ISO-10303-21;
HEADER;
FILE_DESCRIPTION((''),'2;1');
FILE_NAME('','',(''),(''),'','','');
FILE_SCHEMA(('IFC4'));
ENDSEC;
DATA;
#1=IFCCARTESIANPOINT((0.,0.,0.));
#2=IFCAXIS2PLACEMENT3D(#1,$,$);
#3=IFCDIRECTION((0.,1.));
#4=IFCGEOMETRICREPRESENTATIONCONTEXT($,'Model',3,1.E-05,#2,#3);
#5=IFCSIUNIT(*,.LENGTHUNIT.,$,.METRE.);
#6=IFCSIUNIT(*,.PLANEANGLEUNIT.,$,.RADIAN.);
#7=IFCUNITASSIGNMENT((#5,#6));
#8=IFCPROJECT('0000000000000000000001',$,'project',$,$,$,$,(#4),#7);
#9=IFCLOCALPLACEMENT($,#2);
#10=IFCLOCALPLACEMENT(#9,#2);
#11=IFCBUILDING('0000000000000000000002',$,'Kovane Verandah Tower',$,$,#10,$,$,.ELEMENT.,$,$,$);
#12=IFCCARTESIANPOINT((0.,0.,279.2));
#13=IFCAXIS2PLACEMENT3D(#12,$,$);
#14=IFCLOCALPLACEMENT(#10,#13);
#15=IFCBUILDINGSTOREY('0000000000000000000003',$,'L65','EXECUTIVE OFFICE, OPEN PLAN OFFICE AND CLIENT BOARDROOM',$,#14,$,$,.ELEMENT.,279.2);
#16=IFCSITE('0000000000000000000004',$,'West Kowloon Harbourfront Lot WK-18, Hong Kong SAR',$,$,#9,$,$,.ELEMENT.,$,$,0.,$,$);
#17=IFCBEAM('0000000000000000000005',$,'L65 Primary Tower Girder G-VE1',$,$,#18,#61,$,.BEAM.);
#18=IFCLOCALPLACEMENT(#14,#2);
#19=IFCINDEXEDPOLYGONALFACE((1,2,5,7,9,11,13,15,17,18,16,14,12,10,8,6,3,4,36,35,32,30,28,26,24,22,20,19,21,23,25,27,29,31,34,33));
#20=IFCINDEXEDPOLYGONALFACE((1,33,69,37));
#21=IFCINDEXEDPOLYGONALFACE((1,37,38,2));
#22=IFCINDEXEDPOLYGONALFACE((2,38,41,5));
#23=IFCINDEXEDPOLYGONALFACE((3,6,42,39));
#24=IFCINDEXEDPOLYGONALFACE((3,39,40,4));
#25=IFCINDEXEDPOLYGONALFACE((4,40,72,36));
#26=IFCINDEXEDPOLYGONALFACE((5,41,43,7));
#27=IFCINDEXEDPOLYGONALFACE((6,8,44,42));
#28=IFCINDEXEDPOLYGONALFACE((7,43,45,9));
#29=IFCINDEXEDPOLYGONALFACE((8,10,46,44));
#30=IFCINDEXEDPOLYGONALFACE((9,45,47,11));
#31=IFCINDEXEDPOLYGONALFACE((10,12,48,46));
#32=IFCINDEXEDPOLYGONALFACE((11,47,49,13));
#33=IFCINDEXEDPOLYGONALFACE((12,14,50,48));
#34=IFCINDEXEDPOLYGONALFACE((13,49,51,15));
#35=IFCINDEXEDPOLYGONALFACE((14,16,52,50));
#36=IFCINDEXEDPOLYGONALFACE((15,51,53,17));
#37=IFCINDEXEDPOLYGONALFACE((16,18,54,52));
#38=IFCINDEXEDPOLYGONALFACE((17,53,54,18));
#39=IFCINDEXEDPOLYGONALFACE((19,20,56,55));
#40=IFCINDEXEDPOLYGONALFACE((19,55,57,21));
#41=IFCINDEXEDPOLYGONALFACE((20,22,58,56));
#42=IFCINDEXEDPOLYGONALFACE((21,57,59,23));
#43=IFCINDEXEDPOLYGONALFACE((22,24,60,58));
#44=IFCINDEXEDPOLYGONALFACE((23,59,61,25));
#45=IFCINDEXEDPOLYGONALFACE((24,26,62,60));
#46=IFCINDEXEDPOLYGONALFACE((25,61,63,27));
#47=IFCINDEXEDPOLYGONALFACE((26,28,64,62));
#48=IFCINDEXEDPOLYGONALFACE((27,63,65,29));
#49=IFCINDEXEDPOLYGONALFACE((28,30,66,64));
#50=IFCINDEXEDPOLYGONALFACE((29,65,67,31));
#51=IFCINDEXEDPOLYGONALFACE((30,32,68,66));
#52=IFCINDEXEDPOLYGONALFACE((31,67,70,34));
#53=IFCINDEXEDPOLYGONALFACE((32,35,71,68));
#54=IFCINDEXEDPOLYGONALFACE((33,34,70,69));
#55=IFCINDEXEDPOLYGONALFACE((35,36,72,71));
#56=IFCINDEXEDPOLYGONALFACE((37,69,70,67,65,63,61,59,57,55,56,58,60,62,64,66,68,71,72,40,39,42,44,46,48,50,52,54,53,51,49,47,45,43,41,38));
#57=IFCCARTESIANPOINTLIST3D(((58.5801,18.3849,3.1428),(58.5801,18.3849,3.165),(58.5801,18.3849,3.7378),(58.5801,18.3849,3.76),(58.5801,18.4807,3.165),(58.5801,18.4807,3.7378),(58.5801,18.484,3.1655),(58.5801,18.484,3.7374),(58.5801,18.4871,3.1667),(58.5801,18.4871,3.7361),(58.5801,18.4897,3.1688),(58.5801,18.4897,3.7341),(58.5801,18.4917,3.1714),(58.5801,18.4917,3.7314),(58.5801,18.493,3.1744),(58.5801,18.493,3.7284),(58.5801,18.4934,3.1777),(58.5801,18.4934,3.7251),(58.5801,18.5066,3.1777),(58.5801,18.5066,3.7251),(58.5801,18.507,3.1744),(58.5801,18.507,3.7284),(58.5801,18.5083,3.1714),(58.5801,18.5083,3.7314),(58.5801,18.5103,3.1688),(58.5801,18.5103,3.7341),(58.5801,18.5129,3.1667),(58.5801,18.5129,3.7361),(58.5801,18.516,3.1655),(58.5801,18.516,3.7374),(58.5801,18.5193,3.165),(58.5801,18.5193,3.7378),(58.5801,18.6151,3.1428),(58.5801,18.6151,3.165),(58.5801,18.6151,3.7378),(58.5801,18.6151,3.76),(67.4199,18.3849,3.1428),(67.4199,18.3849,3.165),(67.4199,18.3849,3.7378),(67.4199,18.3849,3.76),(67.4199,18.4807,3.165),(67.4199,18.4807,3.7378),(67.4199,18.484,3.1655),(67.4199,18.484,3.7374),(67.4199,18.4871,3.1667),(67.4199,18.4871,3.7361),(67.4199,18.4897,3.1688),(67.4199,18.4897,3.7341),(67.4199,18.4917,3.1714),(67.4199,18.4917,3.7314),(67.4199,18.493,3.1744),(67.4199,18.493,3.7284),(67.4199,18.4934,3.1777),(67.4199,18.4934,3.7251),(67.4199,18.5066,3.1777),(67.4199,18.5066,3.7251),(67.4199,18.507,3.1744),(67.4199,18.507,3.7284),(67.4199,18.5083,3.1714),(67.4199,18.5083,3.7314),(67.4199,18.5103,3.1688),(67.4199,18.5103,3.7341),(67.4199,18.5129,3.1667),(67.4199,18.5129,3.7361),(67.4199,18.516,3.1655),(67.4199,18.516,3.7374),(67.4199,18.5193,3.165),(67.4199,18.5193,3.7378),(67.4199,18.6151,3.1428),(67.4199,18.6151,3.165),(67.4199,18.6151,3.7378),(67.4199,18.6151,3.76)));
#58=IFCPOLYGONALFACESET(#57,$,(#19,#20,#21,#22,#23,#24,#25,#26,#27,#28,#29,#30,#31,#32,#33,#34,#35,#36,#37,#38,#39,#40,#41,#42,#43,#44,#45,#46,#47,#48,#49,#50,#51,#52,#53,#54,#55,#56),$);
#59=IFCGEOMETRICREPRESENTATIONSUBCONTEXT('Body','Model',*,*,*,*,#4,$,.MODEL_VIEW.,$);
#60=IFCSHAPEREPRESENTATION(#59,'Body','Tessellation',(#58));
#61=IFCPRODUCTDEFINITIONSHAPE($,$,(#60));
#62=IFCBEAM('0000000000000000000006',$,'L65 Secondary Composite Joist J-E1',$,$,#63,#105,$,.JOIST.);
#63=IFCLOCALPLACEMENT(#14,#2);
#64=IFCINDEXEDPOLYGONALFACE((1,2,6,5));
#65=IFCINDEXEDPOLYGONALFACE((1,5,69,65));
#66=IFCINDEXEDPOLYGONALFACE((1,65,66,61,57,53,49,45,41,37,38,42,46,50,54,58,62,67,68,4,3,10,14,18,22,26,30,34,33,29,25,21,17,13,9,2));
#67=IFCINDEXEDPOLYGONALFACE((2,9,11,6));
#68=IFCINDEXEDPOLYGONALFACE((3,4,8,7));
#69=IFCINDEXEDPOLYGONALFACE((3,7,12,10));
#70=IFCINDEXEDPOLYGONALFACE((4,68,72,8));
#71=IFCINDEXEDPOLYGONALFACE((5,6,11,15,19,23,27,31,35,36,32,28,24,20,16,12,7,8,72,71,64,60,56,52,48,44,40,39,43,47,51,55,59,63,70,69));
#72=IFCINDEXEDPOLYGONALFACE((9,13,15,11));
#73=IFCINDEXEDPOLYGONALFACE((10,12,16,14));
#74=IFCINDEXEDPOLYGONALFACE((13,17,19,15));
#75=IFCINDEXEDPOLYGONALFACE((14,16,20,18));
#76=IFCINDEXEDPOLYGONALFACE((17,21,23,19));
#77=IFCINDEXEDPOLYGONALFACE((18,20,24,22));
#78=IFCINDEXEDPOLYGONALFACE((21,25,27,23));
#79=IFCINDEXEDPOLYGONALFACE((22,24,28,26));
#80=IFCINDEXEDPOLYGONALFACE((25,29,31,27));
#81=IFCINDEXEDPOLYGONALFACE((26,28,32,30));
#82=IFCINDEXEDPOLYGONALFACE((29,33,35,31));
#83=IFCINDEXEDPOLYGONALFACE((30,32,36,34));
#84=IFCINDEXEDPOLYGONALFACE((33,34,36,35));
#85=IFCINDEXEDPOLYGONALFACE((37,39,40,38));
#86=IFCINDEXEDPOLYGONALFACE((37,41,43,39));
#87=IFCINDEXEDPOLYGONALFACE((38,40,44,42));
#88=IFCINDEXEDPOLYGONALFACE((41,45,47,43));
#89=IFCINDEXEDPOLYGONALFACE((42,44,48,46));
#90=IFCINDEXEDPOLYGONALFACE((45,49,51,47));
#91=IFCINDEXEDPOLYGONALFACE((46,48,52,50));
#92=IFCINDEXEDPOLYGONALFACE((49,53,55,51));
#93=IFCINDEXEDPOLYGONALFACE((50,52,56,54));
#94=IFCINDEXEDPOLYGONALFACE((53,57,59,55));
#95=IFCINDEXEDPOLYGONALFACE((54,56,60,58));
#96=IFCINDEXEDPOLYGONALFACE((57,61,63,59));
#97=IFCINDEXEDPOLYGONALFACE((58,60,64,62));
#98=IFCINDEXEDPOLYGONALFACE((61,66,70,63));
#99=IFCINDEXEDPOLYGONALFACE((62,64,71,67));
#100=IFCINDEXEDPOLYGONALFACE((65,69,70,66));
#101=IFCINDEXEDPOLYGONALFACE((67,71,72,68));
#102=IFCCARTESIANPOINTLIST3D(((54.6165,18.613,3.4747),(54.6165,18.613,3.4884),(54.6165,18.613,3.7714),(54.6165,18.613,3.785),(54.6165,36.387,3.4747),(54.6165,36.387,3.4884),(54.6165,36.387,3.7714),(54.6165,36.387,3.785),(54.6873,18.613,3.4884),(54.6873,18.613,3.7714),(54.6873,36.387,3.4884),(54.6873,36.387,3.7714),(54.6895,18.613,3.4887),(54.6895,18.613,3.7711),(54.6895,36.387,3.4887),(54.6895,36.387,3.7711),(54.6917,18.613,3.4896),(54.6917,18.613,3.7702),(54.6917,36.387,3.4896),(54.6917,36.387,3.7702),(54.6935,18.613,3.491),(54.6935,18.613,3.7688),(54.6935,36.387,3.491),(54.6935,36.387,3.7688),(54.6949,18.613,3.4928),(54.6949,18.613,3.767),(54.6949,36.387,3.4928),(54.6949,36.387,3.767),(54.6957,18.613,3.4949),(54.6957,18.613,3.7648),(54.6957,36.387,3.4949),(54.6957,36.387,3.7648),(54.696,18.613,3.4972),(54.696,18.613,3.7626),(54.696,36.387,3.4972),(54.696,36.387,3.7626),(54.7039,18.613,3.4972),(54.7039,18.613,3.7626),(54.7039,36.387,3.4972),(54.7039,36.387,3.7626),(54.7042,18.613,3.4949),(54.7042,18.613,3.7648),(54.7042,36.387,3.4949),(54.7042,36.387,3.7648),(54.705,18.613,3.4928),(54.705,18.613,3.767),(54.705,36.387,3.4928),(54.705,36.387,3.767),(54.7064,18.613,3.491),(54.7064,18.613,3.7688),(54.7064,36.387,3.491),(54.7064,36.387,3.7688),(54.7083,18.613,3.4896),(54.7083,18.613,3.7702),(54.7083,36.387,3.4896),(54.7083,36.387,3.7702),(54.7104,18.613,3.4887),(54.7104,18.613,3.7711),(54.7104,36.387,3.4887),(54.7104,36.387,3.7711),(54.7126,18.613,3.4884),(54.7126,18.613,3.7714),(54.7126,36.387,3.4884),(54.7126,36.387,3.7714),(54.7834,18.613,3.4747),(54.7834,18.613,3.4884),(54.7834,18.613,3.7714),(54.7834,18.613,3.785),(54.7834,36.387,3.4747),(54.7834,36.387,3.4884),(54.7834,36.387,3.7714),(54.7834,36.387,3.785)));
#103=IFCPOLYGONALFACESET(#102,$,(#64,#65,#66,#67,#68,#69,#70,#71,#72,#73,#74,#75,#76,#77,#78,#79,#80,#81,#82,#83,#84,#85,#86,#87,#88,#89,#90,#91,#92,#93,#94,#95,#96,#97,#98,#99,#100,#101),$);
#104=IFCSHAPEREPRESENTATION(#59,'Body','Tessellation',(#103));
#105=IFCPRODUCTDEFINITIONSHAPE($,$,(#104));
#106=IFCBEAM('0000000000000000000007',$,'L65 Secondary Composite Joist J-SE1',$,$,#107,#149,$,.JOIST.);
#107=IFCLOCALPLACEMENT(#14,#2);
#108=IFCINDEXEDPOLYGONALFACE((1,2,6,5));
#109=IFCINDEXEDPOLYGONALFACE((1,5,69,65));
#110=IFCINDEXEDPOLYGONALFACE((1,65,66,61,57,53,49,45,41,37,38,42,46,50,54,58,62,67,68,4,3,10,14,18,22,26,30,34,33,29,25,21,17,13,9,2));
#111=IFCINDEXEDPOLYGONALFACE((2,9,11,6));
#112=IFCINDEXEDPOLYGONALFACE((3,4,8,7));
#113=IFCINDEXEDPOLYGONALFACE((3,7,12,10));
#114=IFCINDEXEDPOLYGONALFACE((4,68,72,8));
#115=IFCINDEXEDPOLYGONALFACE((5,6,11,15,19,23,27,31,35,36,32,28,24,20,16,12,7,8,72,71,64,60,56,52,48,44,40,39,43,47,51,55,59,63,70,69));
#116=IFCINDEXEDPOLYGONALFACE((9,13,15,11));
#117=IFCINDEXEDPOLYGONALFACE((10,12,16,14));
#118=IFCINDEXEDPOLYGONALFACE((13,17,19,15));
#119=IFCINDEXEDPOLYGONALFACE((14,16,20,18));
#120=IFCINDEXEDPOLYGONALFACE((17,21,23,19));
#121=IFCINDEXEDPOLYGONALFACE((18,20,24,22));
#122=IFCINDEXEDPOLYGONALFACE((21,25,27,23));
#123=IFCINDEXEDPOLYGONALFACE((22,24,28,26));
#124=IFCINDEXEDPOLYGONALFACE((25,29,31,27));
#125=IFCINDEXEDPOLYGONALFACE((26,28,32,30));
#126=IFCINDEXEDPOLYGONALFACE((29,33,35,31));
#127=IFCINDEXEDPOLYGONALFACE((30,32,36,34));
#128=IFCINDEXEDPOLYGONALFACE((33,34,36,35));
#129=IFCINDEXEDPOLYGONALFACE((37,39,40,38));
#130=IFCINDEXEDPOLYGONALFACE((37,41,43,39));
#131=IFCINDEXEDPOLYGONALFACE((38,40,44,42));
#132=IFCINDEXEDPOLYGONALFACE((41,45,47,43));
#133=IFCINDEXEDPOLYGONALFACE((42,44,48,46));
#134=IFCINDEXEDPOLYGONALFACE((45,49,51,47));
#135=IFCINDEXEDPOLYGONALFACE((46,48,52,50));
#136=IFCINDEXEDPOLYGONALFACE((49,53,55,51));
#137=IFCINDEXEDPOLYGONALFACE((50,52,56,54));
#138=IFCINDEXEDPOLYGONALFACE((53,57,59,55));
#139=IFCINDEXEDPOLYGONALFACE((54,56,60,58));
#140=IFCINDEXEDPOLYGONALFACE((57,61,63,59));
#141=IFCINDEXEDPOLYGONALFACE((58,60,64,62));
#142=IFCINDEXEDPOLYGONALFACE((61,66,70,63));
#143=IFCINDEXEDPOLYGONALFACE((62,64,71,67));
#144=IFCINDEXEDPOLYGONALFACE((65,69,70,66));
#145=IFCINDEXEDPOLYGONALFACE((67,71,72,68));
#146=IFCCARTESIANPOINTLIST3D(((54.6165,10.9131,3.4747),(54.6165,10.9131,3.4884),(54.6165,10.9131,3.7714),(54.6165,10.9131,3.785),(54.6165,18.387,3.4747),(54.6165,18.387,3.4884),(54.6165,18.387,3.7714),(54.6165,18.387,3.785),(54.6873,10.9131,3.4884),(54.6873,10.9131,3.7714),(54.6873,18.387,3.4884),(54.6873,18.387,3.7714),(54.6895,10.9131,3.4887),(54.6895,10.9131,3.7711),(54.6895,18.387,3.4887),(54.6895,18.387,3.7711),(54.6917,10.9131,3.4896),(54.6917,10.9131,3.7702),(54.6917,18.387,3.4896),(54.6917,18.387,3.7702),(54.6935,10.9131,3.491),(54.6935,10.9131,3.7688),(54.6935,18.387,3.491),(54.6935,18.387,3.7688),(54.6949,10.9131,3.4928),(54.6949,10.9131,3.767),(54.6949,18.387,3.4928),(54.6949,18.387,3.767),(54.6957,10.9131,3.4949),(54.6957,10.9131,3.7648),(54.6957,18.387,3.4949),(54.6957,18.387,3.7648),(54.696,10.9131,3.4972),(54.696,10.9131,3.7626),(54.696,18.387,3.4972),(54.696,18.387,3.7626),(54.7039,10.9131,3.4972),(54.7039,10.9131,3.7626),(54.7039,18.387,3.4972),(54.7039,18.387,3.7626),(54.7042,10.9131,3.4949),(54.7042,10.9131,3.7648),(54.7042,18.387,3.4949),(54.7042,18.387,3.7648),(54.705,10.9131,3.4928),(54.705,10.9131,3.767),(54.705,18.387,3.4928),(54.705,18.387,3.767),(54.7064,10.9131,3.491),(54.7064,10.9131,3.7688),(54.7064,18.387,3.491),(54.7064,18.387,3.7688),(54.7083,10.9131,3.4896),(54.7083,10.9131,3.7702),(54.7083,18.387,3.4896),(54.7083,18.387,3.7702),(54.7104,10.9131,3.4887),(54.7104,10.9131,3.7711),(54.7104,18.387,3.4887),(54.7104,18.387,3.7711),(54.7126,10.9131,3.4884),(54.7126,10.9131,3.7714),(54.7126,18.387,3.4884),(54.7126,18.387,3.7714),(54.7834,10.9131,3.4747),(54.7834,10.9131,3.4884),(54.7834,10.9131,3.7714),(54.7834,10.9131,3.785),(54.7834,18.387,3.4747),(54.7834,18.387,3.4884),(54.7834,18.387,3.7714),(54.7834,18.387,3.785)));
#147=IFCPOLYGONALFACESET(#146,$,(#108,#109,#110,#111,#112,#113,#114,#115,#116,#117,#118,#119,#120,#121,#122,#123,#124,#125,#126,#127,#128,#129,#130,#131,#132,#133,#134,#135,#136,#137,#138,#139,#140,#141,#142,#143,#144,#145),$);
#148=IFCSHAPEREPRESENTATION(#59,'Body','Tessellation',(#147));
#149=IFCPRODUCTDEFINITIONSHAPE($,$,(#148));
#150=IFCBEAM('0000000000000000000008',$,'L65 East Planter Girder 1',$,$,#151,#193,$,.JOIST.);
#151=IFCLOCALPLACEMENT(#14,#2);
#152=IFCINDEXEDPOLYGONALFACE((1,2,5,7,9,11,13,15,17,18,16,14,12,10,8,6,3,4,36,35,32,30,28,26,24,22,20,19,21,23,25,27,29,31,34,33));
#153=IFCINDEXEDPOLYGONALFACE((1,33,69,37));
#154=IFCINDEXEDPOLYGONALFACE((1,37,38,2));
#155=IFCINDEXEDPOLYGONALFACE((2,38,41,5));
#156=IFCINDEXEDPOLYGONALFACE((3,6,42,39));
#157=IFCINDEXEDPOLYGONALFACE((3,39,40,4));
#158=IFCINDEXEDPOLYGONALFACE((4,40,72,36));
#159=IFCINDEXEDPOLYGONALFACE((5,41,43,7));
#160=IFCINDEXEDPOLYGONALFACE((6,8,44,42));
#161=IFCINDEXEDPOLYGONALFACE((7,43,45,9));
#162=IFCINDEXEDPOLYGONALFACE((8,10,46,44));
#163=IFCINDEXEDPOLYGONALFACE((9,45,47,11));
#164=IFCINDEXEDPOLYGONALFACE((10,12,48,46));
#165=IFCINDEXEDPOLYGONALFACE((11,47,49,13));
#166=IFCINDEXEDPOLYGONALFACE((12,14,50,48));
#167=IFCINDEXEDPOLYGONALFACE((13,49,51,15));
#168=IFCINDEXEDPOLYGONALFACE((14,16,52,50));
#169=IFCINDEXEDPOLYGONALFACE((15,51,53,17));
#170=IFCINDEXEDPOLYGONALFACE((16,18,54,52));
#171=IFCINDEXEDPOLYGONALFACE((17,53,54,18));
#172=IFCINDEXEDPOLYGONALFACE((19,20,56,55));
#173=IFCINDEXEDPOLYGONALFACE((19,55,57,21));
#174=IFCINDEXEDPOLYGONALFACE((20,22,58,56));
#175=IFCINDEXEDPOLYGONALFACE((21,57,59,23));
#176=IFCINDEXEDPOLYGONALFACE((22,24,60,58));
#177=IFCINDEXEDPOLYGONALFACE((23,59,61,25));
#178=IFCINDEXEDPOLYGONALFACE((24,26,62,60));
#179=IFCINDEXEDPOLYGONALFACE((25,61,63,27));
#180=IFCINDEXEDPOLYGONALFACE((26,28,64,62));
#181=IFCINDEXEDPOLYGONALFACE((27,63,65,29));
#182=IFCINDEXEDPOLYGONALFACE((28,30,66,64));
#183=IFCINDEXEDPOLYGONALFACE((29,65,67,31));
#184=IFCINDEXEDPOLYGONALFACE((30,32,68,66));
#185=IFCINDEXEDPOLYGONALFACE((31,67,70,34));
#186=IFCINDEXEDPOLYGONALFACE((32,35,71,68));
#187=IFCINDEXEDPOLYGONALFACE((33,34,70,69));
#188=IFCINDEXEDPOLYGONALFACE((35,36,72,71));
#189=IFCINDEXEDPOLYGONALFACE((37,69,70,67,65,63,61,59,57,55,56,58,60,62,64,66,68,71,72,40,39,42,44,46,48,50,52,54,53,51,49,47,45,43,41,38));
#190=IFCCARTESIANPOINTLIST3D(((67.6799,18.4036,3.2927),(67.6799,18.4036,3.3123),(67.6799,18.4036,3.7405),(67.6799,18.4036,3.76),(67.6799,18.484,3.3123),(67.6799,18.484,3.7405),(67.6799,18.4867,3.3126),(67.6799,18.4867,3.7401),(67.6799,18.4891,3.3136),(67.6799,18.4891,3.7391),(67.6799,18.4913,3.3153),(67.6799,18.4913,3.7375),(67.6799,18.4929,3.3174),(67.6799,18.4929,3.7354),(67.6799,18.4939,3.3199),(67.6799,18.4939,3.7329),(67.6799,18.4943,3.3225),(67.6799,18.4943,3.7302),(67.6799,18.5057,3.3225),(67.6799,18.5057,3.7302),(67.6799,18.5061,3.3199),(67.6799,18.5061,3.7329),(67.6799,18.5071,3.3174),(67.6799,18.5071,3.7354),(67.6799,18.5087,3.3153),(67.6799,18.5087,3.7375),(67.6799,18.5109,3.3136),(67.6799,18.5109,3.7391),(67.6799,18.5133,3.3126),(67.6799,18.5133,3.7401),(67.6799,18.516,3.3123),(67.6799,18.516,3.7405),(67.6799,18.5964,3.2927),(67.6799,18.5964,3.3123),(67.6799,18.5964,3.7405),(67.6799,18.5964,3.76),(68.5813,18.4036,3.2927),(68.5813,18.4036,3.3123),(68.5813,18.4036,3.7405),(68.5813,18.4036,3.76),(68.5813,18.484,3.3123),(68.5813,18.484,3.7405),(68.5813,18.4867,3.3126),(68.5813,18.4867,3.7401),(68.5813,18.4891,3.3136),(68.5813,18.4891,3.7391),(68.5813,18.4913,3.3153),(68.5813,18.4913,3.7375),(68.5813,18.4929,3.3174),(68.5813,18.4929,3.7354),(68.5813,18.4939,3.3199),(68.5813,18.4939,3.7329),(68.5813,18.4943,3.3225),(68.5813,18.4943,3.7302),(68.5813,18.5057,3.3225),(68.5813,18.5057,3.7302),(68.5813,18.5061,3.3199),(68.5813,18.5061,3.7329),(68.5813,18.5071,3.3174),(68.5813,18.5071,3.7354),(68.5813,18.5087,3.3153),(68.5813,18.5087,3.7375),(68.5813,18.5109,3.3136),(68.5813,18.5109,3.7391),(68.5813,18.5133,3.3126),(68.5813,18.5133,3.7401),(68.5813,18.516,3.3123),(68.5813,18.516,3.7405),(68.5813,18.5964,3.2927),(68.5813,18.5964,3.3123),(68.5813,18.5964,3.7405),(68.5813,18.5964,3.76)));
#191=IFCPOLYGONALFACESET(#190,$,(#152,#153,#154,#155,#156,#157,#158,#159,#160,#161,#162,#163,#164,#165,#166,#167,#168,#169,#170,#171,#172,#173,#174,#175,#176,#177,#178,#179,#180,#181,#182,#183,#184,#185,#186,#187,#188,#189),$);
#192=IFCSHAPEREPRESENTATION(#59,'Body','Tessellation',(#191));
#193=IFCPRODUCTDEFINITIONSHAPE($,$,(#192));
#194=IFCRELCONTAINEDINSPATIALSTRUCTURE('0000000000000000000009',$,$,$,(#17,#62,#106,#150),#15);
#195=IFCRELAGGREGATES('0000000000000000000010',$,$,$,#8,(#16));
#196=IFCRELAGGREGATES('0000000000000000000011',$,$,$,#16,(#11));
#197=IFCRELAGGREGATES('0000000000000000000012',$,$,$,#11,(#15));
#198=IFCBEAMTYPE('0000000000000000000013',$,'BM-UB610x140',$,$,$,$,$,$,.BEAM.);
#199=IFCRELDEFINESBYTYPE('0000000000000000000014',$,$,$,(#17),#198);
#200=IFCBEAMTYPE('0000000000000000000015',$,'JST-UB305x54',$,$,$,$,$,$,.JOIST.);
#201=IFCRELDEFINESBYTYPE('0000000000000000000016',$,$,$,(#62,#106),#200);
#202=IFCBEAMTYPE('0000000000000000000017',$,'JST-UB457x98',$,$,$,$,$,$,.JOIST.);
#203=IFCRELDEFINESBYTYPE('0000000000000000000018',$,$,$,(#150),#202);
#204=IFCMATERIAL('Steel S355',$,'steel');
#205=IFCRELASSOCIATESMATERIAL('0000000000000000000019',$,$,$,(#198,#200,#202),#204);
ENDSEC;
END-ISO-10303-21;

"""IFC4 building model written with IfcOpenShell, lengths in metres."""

from ifc_helpers import new_model, si_unit, direction, frame, origin, origin_2d, place, context, subcontext, project, spatial, i_section, extrude, material, material_profile, profile_set, type_object, element, save


model = new_model("IFC4")

# Units and contexts
model_context = context("Model", 3, precision=1e-05, world=origin(), true_north=direction((0.0, 1.0)))
body_context = subcontext(model_context, "Body", "Model", "MODEL_VIEW")
ifc_project = project(units=[si_unit("LENGTHUNIT", "METRE"), si_unit("PLANEANGLEUNIT", "RADIAN")], contexts=[model_context])

# Site, building, storey
site_placement = place(None, origin())
site = spatial("IfcSite", under=ifc_project, at=site_placement, Name="West Kowloon Harbourfront Lot WK-18, Hong Kong SAR", CompositionType="ELEMENT", RefElevation=0.0)
building_placement = place(site_placement, origin())
building = spatial("IfcBuilding", under=site, at=building_placement, Name="Kovane Verandah Tower", CompositionType="ELEMENT")
storey_placement = place(building_placement, frame((0.0, 0.0, 279.2)))
storey = spatial("IfcBuildingStorey", under=building, at=storey_placement, Name="L65", Description="EXECUTIVE OFFICE, OPEN PLAN OFFICE AND CLIENT BOARDROOM", CompositionType="ELEMENT", Elevation=279.2)

# Beams
ifc_material_1 = material(Name="Steel S355", Category="steel")
ifc_material_profile_1 = material_profile(ifc_material_1, i_section(OverallWidth=0.2302, OverallDepth=0.6172, WebThickness=0.0132, FlangeThickness=0.0222, FilletRadius=0.0127, at=origin_2d()), Name="UB610x229x140")
ifc_profile_set_1 = profile_set([ifc_material_profile_1], Name="Steel S355")
beam_type_1 = type_object("IfcBeamType", Name="BM-UB610x140", PredefinedType="BEAM", material=ifc_profile_set_1)
beam_1_placement = place(storey_placement, frame((58.5801, 18.5, 3.4514), z_axis=(1.0, 0.0, 0.0), x_axis=(0.0, 1.0, 0.0)))
element("IfcBeam", 1, at=beam_1_placement, inside=storey, type_object=beam_type_1, Name="L65 Primary Tower Girder G-VE1", PredefinedType="BEAM", context=body_context, shape_type="SweptSolid", body=[
    extrude(i_section(OverallWidth=0.2302, OverallDepth=0.6172, WebThickness=0.0132, FlangeThickness=0.0222, FilletRadius=0.0127, at=origin_2d()), origin(), (0.0, 0.0, 1.0), 8.8398),
])
ifc_material_profile_2 = material_profile(ifc_material_1, i_section(OverallWidth=0.167, OverallDepth=0.3103, WebThickness=0.0078, FlangeThickness=0.0137, FilletRadius=0.0088, at=origin_2d()), Name="UB305x165x54")
ifc_profile_set_2 = profile_set([ifc_material_profile_2], Name="Steel S355")
beam_type_2 = type_object("IfcBeamType", Name="JST-UB305x54", PredefinedType="JOIST", material=ifc_profile_set_2)
beam_2_placement = place(storey_placement, frame((54.7, 18.613, 3.6299), z_axis=(0.0, 1.0, 0.0), x_axis=(-1.0, 0.0, 0.0)))
element("IfcBeam", 2, at=beam_2_placement, inside=storey, type_object=beam_type_2, Name="L65 Secondary Composite Joist J-E1", PredefinedType="JOIST", context=body_context, shape_type="SweptSolid", body=[
    extrude(i_section(OverallWidth=0.167, OverallDepth=0.3103, WebThickness=0.0078, FlangeThickness=0.0137, FilletRadius=0.0088, at=origin_2d()), origin(), (0.0, 0.0, 1.0), 17.7739),
])
beam_3_placement = place(storey_placement, frame((54.7, 10.9131, 3.6299), z_axis=(0.0, 1.0, 0.0), x_axis=(-1.0, 0.0, 0.0)))
element("IfcBeam", 3, at=beam_3_placement, inside=storey, type_object=beam_type_2, Name="L65 Secondary Composite Joist J-SE1", PredefinedType="JOIST", context=body_context, shape_type="SweptSolid", body=[
    extrude(i_section(OverallWidth=0.167, OverallDepth=0.3103, WebThickness=0.0078, FlangeThickness=0.0137, FilletRadius=0.0088, at=origin_2d()), origin(), (0.0, 0.0, 1.0), 7.4739),
])
ifc_material_profile_3 = material_profile(ifc_material_1, i_section(OverallWidth=0.1929, OverallDepth=0.4673, WebThickness=0.0115, FlangeThickness=0.0195, FilletRadius=0.0103, at=origin_2d()), Name="UB457x191x98")
ifc_profile_set_3 = profile_set([ifc_material_profile_3], Name="Steel S355")
beam_type_3 = type_object("IfcBeamType", Name="JST-UB457x98", PredefinedType="JOIST", material=ifc_profile_set_3)
beam_4_placement = place(storey_placement, frame((67.6799, 18.5, 3.5264), z_axis=(1.0, 0.0, 0.0), x_axis=(0.0, 1.0, 0.0)))
element("IfcBeam", 4, at=beam_4_placement, inside=storey, type_object=beam_type_3, Name="L65 East Planter Girder 1", PredefinedType="JOIST", context=body_context, shape_type="SweptSolid", body=[
    extrude(i_section(OverallWidth=0.1929, OverallDepth=0.4673, WebThickness=0.0115, FlangeThickness=0.0195, FilletRadius=0.0103, at=origin_2d()), origin(), (0.0, 0.0, 1.0), 0.9014),
])

save(model, "model.ifc")
